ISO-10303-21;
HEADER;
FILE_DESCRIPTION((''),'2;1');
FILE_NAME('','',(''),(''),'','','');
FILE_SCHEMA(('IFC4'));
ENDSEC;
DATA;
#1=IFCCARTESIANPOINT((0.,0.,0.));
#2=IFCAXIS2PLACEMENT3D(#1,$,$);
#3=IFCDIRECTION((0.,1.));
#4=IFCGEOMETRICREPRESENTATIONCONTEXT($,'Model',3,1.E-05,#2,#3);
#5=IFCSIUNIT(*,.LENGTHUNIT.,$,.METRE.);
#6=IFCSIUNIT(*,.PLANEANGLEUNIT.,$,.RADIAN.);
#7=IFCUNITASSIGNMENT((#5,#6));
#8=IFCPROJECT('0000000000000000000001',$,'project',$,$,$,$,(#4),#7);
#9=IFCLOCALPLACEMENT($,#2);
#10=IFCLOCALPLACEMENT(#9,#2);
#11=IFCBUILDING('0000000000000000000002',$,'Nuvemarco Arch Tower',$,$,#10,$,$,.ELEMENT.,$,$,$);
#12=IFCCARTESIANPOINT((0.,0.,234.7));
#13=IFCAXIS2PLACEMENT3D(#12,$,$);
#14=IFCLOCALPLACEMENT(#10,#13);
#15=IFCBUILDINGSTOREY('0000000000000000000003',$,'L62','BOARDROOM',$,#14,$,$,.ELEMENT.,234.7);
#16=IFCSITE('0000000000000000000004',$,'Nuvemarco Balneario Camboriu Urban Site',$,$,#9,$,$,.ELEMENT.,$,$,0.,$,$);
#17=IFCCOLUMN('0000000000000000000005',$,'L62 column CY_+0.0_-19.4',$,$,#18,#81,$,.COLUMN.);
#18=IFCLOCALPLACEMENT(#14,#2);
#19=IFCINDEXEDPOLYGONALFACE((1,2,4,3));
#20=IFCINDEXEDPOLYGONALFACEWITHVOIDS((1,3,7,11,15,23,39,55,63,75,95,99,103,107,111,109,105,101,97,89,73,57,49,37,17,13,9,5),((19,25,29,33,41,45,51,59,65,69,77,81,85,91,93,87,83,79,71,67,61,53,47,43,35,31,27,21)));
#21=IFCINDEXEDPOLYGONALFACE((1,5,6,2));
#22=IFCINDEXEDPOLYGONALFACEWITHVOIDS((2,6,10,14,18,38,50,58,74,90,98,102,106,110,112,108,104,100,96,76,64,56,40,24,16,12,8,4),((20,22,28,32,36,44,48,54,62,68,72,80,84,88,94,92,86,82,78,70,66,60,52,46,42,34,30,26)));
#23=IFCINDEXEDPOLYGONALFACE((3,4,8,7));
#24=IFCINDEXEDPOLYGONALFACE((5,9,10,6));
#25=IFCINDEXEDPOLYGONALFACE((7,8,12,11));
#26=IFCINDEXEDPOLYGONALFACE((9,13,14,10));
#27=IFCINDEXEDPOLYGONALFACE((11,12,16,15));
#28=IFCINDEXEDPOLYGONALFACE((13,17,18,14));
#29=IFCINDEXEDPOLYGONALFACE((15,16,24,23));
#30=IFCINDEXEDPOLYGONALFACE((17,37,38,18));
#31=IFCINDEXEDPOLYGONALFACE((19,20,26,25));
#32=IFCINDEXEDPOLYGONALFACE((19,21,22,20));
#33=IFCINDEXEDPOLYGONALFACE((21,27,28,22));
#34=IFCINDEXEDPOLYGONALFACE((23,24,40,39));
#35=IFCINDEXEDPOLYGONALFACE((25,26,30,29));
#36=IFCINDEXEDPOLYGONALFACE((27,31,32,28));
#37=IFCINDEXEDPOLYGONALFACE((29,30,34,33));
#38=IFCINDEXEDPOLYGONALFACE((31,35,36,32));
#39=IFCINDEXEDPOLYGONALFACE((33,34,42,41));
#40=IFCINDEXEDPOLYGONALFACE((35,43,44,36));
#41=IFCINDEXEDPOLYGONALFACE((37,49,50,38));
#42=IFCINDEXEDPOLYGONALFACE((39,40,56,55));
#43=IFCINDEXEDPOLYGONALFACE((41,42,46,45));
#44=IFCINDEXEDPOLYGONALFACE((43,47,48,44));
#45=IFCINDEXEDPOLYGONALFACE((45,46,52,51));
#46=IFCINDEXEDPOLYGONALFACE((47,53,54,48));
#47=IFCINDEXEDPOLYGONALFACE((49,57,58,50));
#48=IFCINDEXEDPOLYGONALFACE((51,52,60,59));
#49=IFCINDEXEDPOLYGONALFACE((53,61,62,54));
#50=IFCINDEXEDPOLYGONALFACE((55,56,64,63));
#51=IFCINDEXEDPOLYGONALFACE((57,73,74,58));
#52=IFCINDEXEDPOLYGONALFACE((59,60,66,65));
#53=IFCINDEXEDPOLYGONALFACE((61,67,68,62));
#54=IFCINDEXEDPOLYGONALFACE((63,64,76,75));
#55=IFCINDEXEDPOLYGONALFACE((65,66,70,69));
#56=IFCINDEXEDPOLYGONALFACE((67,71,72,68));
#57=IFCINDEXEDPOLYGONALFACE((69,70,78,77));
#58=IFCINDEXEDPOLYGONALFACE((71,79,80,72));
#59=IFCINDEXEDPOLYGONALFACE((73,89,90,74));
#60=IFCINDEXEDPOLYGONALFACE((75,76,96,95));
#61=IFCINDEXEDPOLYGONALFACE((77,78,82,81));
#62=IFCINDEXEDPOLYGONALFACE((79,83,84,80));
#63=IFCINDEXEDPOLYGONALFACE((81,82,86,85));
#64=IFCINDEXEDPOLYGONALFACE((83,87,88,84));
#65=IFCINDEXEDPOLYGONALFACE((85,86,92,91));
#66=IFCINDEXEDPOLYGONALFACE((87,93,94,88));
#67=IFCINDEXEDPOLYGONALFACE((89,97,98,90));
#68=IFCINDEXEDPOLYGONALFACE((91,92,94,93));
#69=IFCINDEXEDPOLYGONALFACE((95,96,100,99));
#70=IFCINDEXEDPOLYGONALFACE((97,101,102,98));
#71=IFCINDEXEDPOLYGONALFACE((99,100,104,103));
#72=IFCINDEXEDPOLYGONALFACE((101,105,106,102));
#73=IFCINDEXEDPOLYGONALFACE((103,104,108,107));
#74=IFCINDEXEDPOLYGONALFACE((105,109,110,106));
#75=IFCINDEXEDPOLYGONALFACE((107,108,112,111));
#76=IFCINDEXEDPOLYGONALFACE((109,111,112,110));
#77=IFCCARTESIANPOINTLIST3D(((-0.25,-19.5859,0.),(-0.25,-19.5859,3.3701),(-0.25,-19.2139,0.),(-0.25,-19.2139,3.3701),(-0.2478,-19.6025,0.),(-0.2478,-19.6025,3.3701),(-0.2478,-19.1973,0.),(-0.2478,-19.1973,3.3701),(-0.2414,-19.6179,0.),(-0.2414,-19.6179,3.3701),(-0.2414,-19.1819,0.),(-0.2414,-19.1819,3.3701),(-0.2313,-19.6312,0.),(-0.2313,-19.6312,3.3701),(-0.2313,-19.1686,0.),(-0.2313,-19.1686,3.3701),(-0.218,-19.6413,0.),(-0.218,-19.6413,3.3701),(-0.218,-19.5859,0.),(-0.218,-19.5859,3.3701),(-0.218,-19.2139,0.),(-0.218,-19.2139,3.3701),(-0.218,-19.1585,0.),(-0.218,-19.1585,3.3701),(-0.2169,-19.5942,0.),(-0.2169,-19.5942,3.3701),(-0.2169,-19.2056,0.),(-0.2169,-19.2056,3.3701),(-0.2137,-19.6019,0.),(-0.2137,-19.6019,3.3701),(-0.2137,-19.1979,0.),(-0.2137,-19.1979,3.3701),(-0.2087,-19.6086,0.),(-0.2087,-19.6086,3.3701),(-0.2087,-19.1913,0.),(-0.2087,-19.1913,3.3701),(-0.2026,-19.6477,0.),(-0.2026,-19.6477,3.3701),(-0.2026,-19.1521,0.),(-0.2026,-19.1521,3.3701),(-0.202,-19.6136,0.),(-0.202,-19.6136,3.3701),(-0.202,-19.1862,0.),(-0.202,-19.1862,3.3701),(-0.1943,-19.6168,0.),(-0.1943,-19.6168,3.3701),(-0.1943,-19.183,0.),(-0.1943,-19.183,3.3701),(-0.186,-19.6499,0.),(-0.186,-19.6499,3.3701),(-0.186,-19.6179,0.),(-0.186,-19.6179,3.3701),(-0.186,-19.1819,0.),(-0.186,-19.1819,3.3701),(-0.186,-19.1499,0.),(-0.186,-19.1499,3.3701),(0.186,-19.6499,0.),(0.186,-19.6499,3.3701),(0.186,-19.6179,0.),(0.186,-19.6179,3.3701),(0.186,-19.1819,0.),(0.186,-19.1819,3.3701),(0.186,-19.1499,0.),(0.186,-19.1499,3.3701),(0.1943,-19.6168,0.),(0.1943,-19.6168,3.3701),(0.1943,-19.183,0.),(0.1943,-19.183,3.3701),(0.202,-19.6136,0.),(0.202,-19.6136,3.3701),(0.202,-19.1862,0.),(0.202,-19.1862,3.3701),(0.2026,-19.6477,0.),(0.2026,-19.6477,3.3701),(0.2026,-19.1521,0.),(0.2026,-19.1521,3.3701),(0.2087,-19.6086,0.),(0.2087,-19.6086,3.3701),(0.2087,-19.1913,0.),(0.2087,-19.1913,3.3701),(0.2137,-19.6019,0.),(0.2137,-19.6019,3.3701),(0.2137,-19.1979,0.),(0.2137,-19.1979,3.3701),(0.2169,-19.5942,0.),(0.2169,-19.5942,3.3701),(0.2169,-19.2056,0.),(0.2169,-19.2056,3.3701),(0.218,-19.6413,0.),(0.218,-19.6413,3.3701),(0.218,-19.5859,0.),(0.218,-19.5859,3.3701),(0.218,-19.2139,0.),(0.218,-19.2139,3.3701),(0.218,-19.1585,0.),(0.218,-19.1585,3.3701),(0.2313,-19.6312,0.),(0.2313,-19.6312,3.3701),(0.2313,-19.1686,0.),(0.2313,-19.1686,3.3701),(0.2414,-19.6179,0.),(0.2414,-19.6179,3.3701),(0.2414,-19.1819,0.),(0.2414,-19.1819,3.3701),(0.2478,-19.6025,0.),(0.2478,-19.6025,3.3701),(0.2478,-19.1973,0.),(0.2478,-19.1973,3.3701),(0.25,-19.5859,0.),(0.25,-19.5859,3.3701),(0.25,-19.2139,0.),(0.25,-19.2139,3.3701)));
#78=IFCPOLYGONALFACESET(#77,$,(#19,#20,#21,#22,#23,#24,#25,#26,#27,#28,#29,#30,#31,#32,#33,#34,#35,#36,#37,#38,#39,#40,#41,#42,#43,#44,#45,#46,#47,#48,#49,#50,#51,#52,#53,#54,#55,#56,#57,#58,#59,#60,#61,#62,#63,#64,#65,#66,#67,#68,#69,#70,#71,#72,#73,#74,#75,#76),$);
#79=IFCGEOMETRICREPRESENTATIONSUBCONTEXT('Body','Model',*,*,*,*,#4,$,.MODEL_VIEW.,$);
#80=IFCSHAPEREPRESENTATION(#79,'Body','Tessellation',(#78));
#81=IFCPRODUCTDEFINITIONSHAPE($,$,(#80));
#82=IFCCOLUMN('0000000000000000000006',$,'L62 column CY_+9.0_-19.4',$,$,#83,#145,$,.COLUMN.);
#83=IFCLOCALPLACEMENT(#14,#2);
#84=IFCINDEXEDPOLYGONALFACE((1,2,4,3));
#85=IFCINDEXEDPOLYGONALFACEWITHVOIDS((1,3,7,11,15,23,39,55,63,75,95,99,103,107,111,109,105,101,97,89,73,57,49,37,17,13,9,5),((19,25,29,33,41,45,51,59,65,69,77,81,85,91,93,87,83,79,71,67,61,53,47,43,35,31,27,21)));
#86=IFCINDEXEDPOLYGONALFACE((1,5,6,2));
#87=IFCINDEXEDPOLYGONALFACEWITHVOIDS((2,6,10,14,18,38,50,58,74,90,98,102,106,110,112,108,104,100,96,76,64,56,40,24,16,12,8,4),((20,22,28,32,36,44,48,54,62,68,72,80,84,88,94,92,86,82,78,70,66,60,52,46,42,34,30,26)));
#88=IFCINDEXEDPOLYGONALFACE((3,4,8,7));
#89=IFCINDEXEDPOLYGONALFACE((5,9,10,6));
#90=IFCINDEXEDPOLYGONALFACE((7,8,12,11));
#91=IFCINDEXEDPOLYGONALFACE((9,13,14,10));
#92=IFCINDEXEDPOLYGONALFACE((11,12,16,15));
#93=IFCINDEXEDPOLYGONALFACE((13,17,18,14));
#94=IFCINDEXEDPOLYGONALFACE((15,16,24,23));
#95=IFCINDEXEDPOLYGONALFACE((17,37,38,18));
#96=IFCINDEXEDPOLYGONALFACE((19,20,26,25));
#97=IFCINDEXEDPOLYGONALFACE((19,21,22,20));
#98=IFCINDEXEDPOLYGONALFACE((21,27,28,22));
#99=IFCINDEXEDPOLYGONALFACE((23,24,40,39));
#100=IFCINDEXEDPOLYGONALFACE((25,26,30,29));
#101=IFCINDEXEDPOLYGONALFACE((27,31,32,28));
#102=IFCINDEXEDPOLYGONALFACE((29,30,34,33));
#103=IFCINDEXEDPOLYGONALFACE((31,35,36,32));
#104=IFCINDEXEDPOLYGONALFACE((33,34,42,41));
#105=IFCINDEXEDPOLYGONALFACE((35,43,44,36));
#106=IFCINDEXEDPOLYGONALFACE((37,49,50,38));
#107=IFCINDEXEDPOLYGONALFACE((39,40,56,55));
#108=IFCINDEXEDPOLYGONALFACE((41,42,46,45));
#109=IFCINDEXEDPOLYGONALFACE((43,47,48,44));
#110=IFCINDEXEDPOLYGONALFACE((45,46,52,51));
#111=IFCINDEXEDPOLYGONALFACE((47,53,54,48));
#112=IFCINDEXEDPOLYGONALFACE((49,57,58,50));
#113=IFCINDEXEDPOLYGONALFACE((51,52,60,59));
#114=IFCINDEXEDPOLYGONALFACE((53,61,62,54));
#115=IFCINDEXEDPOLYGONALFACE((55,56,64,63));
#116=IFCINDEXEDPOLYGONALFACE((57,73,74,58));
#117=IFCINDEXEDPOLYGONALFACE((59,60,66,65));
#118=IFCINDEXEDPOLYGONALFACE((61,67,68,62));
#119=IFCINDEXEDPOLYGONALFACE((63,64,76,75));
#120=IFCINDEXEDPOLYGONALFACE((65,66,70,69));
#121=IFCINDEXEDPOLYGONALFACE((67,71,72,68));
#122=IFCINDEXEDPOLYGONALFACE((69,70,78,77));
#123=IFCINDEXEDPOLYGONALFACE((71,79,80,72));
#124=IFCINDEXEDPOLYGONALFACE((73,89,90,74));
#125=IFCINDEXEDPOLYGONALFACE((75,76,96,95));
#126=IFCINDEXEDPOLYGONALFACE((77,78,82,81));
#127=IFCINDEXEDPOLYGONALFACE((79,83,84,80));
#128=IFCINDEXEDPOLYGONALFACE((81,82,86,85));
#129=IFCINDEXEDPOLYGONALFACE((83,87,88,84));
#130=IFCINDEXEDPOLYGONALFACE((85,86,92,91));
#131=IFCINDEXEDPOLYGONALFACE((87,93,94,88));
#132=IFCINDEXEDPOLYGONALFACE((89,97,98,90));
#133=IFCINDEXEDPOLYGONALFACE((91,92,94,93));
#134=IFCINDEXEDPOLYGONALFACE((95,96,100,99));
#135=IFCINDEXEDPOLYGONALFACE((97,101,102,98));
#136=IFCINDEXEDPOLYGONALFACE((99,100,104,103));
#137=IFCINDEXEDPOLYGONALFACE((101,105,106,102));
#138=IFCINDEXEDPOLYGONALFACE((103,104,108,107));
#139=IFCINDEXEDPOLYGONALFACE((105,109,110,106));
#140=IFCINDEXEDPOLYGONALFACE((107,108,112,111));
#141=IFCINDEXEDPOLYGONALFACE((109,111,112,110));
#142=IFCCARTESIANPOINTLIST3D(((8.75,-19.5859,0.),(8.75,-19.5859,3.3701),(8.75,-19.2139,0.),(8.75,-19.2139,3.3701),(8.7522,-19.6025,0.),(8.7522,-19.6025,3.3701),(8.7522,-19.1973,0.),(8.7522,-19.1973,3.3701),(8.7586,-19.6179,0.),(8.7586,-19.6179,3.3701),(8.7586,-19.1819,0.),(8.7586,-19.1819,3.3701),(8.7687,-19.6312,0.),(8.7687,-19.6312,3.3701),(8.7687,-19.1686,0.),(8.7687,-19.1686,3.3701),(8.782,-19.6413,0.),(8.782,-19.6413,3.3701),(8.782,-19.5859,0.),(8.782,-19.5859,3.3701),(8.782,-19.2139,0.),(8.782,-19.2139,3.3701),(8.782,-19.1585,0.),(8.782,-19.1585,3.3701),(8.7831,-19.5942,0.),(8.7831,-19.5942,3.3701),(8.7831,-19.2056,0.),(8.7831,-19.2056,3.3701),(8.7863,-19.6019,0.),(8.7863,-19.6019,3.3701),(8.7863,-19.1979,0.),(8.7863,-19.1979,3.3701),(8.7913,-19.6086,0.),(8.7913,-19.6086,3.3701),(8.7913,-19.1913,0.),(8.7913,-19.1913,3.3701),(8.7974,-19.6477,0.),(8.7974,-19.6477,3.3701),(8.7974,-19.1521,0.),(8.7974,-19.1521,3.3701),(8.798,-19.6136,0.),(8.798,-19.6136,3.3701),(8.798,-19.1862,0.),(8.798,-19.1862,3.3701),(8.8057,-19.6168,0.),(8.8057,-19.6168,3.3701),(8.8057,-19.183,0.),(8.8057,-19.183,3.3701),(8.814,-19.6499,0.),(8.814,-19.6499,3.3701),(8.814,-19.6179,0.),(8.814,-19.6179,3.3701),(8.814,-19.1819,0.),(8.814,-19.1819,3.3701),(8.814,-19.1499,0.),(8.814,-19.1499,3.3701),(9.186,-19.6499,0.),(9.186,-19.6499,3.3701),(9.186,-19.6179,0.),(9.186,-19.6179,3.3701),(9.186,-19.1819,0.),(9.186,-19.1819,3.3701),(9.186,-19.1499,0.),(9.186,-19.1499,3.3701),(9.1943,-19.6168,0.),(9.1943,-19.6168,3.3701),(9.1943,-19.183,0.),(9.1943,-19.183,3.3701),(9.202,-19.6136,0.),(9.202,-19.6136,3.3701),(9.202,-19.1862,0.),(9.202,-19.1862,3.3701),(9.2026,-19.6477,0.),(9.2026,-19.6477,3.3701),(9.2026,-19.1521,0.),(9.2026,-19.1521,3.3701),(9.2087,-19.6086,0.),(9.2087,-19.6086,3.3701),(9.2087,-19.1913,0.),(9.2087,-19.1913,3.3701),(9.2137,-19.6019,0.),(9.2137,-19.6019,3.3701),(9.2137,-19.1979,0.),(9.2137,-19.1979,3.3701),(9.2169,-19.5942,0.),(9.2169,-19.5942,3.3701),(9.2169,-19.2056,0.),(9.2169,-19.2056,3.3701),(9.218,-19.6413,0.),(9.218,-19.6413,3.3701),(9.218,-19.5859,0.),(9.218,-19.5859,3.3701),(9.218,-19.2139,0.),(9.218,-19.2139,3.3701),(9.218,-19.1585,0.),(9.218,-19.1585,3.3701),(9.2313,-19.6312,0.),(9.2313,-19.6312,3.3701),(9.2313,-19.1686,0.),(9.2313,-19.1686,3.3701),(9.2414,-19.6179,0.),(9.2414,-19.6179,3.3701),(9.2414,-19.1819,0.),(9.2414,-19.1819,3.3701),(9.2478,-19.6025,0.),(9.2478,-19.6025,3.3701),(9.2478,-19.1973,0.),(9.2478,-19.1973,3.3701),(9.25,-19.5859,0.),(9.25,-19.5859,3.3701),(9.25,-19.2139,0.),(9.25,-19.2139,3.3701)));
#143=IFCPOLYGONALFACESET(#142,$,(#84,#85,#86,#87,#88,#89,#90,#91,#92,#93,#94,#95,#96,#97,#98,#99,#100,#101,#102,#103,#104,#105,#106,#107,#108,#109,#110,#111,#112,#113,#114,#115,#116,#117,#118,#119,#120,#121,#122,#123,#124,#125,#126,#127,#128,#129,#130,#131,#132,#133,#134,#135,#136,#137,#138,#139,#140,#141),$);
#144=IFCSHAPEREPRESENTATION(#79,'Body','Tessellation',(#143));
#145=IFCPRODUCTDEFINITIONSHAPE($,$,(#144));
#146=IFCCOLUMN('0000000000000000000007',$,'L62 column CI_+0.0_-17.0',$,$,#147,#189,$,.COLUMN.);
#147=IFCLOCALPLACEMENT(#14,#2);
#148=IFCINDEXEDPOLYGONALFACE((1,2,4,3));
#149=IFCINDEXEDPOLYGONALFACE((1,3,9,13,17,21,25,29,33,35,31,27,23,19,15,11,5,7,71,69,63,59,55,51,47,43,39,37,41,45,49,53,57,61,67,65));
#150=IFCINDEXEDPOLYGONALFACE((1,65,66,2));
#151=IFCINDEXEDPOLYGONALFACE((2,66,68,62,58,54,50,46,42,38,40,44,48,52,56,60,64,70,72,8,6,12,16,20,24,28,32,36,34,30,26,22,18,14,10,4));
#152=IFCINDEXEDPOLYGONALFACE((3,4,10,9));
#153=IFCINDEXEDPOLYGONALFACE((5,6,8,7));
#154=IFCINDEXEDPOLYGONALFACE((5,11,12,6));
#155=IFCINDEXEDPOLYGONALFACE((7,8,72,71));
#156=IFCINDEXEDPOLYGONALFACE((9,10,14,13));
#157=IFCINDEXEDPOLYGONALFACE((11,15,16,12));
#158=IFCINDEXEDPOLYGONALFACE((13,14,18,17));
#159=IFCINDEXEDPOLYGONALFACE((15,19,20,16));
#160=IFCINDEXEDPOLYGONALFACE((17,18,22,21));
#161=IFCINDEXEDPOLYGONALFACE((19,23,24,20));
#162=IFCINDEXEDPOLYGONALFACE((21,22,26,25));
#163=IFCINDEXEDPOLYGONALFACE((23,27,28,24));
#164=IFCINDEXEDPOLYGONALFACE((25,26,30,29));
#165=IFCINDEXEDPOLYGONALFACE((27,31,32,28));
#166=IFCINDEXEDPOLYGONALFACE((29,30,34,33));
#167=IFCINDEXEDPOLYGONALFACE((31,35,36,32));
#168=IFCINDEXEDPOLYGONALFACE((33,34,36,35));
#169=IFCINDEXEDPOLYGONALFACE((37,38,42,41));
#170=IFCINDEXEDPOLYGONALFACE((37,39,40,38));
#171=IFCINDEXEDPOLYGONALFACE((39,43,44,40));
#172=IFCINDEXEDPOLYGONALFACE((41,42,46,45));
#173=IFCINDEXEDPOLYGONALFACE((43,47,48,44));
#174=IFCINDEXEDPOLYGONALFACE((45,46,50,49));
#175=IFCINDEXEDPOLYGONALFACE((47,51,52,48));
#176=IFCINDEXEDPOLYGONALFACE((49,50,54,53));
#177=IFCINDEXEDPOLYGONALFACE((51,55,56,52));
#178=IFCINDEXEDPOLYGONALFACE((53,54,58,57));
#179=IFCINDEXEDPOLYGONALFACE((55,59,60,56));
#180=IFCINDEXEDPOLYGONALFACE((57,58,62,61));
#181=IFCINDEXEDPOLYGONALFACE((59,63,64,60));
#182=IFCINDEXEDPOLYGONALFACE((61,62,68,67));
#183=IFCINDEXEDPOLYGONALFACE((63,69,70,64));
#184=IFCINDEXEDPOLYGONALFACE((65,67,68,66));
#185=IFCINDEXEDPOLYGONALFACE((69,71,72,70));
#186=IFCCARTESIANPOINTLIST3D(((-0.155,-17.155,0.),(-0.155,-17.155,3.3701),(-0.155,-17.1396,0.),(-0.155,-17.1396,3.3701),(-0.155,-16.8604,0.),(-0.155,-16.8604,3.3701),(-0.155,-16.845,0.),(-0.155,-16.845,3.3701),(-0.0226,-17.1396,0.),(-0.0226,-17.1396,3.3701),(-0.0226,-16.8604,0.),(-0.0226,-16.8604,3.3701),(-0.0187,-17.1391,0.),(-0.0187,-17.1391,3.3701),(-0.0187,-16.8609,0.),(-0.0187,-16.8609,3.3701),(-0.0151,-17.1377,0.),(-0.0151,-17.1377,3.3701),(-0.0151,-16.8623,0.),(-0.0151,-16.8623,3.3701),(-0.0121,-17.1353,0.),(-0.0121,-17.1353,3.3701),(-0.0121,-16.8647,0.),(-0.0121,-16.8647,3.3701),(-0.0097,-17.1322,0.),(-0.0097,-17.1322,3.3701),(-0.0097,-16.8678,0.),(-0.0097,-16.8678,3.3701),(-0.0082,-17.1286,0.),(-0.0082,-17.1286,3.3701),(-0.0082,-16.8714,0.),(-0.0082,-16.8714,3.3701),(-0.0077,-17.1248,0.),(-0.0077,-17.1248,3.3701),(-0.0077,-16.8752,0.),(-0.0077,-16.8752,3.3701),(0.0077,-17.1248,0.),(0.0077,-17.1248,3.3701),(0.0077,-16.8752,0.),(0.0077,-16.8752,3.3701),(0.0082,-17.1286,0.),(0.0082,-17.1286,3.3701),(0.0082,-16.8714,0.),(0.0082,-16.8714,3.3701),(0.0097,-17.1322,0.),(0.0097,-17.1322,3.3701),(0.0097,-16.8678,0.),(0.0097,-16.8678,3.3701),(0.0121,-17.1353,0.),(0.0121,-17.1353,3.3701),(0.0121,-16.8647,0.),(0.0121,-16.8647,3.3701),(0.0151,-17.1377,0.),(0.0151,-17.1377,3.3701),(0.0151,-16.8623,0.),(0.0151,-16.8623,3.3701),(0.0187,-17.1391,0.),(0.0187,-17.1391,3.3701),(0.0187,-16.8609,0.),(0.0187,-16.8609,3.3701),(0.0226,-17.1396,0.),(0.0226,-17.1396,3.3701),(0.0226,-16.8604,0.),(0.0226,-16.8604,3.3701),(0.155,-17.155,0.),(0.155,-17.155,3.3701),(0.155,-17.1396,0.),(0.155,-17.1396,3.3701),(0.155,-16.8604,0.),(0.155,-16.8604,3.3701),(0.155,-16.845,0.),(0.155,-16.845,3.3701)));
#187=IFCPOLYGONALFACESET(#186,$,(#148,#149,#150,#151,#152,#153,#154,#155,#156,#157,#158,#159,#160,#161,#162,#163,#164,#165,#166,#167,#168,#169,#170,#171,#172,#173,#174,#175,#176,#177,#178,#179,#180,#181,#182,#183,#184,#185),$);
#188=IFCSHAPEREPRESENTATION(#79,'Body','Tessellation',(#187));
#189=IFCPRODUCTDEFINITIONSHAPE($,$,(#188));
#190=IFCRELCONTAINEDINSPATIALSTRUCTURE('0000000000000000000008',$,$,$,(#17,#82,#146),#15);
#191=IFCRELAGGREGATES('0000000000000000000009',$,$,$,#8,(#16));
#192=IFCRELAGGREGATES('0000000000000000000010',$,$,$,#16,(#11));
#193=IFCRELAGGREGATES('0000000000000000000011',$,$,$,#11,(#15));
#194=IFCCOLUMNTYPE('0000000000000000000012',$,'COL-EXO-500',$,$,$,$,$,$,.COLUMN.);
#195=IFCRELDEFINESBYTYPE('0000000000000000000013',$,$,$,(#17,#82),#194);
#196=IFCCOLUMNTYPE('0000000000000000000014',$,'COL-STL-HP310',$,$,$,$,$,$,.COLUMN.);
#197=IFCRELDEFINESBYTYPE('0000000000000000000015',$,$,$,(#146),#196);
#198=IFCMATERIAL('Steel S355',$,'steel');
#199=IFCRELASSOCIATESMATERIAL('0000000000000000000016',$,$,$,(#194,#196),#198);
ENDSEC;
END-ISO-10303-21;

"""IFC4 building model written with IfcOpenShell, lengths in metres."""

from ifc_helpers import new_model, si_unit, direction, frame, origin, origin_2d, place, context, subcontext, project, spatial, hollow_rectangle, i_section, extrude, material, material_profile, profile_set, type_object, element, save


model = new_model("IFC4")

# Units and contexts
model_context = context("Model", 3, precision=1e-05, world=origin(), true_north=direction((0.0, 1.0)))
body_context = subcontext(model_context, "Body", "Model", "MODEL_VIEW")
ifc_project = project(units=[si_unit("LENGTHUNIT", "METRE"), si_unit("PLANEANGLEUNIT", "RADIAN")], contexts=[model_context])

# Site, building, storey
site_placement = place(None, origin())
site = spatial("IfcSite", under=ifc_project, at=site_placement, Name="Nuvemarco Balneario Camboriu Urban Site", CompositionType="ELEMENT", RefElevation=0.0)
building_placement = place(site_placement, origin())
building = spatial("IfcBuilding", under=site, at=building_placement, Name="Nuvemarco Arch Tower", CompositionType="ELEMENT")
storey_placement = place(building_placement, frame((0.0, 0.0, 234.7)))
storey = spatial("IfcBuildingStorey", under=building, at=storey_placement, Name="L62", Description="BOARDROOM", CompositionType="ELEMENT", Elevation=234.7)

# Columns
ifc_material_1 = material(Name="Steel S355", Category="steel")
ifc_material_profile_1 = material_profile(ifc_material_1, hollow_rectangle(XDim=0.5, YDim=0.5, WallThickness=0.032, InnerFilletRadius=0.032, OuterFilletRadius=0.064, at=origin_2d()), Name="SHS500x500x32")
ifc_profile_set_1 = profile_set([ifc_material_profile_1], Name="Steel S355")
column_type_1 = type_object("IfcColumnType", Name="COL-EXO-500", PredefinedType="COLUMN", material=ifc_profile_set_1)
for number, where, z_axis, x_axis, name in (
    (1, (0.0, -19.3999, 0.0), (0.0, 0.0, 1.0), (1.0, 0.0, 0.0), "L62 column CY_+0.0_-19.4"),
    (2, (9.0, -19.3999, 0.0), (0.0, 0.0, 1.0), (1.0, 0.0, 0.0), "L62 column CY_+9.0_-19.4"),
):
    element("IfcColumn", number, at=place(storey_placement, frame(where, z_axis=z_axis, x_axis=x_axis)), inside=storey, type_object=column_type_1, Name=name, PredefinedType="COLUMN", context=body_context, shape_type="SweptSolid", body=[
        extrude(hollow_rectangle(XDim=0.5, YDim=0.5, WallThickness=0.032, InnerFilletRadius=0.032, OuterFilletRadius=0.064, at=origin_2d()), origin(), (0.0, 0.0, 1.0), 3.3701),
    ])
ifc_material_profile_2 = material_profile(ifc_material_1, i_section(OverallWidth=0.3101, OverallDepth=0.3101, WebThickness=0.0154, FlangeThickness=0.0154, FilletRadius=0.0149, at=origin_2d()), Name="HP310x110")
ifc_profile_set_2 = profile_set([ifc_material_profile_2], Name="Steel S355")
column_type_2 = type_object("IfcColumnType", Name="COL-STL-HP310", PredefinedType="COLUMN", material=ifc_profile_set_2)
for number, where, z_axis, x_axis, name in (
    (3, (0.0, -17.0, 0.0), (0.0, 0.0, 1.0), (1.0, 0.0, 0.0), "L62 column CI_+0.0_-17.0"),
):
    element("IfcColumn", number, at=place(storey_placement, frame(where, z_axis=z_axis, x_axis=x_axis)), inside=storey, type_object=column_type_2, Name=name, PredefinedType="COLUMN", context=body_context, shape_type="SweptSolid", body=[
        extrude(i_section(OverallWidth=0.3101, OverallDepth=0.3101, WebThickness=0.0154, FlangeThickness=0.0154, FilletRadius=0.0149, at=origin_2d()), origin(), (0.0, 0.0, 1.0), 3.3701),
    ])

save(model, "model.ifc")
